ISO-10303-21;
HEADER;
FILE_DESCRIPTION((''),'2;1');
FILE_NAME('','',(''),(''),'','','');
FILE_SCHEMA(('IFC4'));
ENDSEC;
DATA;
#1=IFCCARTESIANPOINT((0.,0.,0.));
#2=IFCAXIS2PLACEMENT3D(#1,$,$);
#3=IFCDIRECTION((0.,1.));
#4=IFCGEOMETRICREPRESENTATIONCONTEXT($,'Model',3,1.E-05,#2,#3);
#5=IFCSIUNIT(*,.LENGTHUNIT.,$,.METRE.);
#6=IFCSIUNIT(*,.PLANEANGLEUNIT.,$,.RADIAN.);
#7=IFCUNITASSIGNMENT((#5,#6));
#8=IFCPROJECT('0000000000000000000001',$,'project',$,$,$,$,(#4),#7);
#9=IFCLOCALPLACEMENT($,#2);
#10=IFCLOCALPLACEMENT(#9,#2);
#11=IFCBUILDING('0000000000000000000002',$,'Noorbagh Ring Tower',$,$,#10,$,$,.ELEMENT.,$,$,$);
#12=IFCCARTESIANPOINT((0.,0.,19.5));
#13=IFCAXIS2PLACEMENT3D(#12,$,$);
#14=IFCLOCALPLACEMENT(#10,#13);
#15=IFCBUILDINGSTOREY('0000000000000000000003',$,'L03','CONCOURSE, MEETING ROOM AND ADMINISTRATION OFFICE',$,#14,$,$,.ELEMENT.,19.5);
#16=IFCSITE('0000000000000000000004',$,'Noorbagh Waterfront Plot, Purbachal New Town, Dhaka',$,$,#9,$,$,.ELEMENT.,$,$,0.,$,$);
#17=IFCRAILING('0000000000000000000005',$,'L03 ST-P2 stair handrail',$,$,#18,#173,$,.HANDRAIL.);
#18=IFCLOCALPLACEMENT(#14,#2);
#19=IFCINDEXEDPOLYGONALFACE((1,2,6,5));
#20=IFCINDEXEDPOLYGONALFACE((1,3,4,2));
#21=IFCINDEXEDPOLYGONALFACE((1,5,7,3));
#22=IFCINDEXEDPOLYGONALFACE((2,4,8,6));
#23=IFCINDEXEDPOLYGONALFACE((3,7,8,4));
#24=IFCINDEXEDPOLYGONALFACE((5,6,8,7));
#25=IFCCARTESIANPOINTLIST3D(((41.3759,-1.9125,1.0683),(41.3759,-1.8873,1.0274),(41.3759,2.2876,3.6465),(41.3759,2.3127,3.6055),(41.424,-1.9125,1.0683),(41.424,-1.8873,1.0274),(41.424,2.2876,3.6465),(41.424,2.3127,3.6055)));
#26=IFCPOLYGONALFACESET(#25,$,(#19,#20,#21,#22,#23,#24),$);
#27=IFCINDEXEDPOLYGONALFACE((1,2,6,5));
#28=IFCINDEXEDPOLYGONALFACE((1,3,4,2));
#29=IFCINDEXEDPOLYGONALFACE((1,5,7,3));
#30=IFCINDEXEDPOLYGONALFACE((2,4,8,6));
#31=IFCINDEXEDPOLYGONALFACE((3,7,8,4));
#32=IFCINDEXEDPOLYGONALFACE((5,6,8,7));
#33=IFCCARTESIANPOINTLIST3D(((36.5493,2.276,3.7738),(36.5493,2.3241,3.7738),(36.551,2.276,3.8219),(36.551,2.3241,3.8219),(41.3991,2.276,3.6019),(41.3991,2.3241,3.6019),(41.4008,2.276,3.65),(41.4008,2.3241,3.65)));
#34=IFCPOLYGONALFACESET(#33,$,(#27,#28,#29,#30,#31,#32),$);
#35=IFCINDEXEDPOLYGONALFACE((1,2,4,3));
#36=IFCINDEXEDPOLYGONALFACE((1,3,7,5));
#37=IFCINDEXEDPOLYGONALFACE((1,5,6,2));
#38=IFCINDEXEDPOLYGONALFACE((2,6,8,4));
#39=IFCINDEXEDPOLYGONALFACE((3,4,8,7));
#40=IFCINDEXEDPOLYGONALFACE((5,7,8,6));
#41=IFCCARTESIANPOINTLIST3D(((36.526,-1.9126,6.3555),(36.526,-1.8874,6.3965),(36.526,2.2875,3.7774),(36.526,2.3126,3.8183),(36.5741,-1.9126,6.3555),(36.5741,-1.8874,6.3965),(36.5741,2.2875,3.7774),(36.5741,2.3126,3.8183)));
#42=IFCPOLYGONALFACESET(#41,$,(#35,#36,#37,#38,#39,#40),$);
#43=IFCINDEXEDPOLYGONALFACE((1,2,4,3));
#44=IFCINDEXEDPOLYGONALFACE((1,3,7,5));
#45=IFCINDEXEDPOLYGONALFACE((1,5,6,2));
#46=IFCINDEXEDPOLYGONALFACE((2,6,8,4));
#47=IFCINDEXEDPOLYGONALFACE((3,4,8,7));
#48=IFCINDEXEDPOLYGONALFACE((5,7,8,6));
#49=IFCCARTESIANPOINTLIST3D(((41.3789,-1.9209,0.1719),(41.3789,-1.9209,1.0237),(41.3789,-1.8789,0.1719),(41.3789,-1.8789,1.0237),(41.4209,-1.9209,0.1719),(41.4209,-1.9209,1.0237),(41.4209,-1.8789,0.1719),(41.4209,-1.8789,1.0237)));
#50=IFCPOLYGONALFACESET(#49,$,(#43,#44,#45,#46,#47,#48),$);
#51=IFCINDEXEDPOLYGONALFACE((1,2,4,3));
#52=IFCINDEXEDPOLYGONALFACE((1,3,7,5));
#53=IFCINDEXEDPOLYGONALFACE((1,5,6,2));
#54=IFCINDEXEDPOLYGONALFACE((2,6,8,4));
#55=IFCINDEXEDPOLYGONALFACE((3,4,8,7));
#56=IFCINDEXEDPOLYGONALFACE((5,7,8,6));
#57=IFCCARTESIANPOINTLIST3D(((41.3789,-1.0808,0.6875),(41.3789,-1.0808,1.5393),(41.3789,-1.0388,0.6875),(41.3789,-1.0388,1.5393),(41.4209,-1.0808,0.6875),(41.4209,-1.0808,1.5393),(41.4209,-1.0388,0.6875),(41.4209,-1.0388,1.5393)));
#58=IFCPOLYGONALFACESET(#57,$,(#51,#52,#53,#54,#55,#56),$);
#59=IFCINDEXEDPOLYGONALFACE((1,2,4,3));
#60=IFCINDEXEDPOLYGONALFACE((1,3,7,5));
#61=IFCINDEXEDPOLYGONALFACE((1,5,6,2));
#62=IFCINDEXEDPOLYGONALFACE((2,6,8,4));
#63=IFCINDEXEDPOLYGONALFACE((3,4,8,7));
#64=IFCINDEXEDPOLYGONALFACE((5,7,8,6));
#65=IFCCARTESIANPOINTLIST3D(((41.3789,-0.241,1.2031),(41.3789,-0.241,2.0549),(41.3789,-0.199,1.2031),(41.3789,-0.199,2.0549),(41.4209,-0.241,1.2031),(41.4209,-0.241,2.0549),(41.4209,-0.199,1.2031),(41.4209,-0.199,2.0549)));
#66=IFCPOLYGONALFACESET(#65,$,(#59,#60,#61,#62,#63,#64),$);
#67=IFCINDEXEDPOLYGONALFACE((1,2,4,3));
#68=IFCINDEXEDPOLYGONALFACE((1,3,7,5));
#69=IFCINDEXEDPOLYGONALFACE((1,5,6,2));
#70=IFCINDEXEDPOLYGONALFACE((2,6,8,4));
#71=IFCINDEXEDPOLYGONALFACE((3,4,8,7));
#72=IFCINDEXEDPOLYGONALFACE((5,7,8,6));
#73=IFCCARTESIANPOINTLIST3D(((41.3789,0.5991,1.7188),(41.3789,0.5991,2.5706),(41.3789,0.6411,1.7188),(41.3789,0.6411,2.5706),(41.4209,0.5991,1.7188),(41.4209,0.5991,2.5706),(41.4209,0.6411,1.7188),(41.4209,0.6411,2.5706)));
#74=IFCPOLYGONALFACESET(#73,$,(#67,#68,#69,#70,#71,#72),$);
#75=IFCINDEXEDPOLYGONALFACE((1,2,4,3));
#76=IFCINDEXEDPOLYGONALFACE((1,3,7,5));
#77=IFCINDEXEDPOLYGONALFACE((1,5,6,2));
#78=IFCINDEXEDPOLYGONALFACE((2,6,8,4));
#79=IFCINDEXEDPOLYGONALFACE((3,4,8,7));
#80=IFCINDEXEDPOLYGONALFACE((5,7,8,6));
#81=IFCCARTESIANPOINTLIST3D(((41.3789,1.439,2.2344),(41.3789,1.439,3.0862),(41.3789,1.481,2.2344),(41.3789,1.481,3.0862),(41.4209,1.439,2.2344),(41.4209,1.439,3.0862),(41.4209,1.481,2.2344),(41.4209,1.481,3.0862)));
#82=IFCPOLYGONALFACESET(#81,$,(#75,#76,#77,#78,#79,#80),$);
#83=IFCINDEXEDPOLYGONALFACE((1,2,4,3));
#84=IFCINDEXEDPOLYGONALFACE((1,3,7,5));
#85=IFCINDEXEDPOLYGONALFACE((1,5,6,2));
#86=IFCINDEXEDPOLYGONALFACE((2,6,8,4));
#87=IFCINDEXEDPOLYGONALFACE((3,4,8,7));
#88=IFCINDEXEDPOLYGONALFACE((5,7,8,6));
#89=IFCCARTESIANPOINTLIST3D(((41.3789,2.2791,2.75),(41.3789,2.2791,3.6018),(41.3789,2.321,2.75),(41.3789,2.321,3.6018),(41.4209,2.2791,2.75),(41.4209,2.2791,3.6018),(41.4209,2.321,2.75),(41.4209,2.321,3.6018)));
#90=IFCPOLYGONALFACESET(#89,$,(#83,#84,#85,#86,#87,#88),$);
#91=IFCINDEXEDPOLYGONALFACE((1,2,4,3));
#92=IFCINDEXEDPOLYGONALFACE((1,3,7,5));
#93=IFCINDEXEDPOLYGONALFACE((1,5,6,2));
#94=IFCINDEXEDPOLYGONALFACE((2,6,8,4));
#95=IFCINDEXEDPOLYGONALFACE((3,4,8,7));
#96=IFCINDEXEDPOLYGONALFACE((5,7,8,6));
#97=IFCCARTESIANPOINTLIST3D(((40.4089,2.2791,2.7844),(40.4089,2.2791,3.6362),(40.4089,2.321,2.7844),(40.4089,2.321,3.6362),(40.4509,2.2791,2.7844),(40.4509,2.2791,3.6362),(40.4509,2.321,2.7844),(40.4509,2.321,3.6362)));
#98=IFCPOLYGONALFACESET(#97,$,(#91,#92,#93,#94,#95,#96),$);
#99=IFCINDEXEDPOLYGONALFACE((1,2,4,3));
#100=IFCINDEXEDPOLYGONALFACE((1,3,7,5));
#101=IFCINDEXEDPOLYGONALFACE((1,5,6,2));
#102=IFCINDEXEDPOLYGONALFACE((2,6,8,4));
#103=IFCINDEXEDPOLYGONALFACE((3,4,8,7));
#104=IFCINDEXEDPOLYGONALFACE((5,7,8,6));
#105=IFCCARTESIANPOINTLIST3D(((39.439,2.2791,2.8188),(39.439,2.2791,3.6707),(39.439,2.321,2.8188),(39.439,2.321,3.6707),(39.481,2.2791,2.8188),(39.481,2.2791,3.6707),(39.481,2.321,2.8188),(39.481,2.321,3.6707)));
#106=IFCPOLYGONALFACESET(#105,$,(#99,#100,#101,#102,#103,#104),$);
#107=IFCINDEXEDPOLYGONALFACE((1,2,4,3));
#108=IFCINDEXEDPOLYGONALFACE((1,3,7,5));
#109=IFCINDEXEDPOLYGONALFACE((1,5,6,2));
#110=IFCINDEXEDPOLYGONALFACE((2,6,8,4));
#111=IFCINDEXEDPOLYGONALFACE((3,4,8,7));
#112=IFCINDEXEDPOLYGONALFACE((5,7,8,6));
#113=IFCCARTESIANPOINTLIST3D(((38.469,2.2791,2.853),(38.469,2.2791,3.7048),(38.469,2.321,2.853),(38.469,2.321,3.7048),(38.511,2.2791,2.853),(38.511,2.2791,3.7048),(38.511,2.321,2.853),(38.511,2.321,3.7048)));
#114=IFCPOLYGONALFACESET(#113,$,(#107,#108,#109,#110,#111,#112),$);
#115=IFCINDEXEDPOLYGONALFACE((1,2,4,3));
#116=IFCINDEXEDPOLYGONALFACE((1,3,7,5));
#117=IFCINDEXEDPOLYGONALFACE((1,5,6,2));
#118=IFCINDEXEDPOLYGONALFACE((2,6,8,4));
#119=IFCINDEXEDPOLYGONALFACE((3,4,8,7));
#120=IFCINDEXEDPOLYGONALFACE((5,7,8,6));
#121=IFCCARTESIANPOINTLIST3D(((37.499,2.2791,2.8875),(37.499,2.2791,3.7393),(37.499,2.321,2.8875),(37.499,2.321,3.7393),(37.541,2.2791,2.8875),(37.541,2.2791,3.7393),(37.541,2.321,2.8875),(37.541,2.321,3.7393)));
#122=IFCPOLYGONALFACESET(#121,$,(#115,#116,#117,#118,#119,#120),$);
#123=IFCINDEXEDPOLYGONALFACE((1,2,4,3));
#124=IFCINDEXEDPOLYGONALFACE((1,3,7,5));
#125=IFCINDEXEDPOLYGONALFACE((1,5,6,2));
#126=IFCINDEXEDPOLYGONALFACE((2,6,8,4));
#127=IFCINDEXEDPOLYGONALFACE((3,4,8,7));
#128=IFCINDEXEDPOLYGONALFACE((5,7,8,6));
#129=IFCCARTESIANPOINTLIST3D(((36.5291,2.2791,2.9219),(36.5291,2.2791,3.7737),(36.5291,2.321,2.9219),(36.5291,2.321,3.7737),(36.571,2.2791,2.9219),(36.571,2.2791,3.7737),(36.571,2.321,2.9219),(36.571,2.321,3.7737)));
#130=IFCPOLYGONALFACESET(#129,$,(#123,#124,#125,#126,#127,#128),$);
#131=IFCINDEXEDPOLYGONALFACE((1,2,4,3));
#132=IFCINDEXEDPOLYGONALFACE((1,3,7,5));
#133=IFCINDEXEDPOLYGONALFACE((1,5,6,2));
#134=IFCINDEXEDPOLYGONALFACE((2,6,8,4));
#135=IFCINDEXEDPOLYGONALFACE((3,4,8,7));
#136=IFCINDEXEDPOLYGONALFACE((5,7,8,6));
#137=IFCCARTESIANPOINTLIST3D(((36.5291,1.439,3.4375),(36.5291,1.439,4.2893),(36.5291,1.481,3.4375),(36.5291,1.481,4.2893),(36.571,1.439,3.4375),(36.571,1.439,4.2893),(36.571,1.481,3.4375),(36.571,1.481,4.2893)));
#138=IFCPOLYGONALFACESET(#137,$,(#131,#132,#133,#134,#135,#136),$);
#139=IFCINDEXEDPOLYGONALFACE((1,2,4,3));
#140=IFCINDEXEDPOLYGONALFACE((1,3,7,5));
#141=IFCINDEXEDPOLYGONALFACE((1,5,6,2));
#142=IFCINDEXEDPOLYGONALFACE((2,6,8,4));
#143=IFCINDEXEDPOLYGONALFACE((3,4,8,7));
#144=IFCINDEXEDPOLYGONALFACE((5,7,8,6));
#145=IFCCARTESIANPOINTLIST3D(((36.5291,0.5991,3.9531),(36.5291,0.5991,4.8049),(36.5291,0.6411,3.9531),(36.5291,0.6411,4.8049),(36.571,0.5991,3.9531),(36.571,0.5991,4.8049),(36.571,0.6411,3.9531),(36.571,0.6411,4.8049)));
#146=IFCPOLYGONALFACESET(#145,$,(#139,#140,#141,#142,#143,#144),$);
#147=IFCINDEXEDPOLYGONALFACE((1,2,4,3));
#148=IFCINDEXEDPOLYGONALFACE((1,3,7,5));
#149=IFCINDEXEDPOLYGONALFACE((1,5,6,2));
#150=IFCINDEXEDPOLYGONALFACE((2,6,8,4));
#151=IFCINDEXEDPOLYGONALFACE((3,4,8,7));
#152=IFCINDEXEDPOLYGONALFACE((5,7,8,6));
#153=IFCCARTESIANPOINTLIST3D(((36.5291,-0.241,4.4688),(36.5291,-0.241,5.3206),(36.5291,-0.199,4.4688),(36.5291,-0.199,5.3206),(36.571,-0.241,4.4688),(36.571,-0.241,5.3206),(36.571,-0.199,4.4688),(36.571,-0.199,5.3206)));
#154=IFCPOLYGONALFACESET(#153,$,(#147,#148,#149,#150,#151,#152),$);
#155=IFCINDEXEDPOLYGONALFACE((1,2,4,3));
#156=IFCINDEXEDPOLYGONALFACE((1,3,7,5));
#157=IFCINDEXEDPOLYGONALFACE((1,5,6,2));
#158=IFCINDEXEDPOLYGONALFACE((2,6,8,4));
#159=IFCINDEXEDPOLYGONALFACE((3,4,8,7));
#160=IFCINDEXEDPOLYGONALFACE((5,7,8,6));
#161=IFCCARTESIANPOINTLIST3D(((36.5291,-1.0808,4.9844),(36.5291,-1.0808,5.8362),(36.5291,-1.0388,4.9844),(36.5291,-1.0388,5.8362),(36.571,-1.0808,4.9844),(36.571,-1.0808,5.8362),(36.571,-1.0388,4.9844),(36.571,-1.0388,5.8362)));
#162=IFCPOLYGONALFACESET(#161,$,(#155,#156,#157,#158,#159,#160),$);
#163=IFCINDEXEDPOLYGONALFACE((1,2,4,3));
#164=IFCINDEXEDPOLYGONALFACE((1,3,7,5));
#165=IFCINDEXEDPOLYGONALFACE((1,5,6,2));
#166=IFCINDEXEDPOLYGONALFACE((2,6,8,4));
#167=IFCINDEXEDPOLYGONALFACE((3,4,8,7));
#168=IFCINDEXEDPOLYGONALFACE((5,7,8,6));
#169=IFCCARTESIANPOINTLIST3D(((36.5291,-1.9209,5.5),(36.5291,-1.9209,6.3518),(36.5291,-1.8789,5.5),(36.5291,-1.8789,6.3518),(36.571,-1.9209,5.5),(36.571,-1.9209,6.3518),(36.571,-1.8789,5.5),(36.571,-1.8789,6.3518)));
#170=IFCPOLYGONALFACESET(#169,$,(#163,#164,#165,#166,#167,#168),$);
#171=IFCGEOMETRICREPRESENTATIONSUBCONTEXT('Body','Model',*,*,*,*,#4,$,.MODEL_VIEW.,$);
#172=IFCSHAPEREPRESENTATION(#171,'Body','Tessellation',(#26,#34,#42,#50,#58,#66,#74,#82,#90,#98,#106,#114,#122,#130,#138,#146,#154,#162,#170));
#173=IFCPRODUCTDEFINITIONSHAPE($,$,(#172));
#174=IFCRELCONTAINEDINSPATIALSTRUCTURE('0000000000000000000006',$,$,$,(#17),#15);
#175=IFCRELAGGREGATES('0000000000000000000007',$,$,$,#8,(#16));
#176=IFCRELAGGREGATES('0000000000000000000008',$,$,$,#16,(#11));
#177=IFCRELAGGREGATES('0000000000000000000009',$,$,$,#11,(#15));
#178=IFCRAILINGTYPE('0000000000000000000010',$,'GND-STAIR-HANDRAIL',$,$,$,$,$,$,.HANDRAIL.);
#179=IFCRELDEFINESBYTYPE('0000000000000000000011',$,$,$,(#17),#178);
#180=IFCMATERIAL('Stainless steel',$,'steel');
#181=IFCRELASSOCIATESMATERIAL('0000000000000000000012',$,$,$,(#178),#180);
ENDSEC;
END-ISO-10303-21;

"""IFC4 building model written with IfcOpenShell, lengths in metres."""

from ifc_helpers import new_model, si_unit, direction, frame, origin, origin_2d, place, context, subcontext, project, spatial, rectangle, extrude, material, type_object, element, save


model = new_model("IFC4")

# Units and contexts
model_context = context("Model", 3, precision=1e-05, world=origin(), true_north=direction((0.0, 1.0)))
body_context = subcontext(model_context, "Body", "Model", "MODEL_VIEW")
ifc_project = project(units=[si_unit("LENGTHUNIT", "METRE"), si_unit("PLANEANGLEUNIT", "RADIAN")], contexts=[model_context])

# Site, building, storey
site_placement = place(None, origin())
site = spatial("IfcSite", under=ifc_project, at=site_placement, Name="Noorbagh Waterfront Plot, Purbachal New Town, Dhaka", CompositionType="ELEMENT", RefElevation=0.0)
building_placement = place(site_placement, origin())
building = spatial("IfcBuilding", under=site, at=building_placement, Name="Noorbagh Ring Tower", CompositionType="ELEMENT")
storey_placement = place(building_placement, frame((0.0, 0.0, 19.5)))
storey = spatial("IfcBuildingStorey", under=building, at=storey_placement, Name="L03", Description="CONCOURSE, MEETING ROOM AND ADMINISTRATION OFFICE", CompositionType="ELEMENT", Elevation=19.5)

# Railing
ifc_material_1 = material(Name="Stainless steel", Category="steel")
railing_type_1 = type_object("IfcRailingType", Name="GND-STAIR-HANDRAIL", PredefinedType="HANDRAIL", material=ifc_material_1)
railing_1_placement = place(storey_placement, frame((41.3999, -1.8999, 0.1719)))
element("IfcRailing", 1, at=railing_1_placement, inside=storey, type_object=railing_type_1, Name="L03 ST-P2 stair handrail", PredefinedType="HANDRAIL", context=body_context, shape_type="SweptSolid", body=[
    extrude(rectangle(XDim=0.0481, YDim=0.0481, at=origin_2d()), frame((0.0, 0.0, 0.876), z_axis=(0.0, 0.852243, 0.523146), x_axis=(-1.0, 0.0, 0.0)), (0.0, 0.0, 1.0), 4.9282),
    extrude(rectangle(XDim=0.0481, YDim=0.0481, at=origin_2d()), frame((0.0, 4.2, 3.4541), z_axis=(-0.999373, 0.0, 0.035417), x_axis=(0.0, -1.0, 0.0)), (0.0, 0.0, 1.0), 4.8528),
    extrude(rectangle(XDim=0.0481, YDim=0.0481, at=origin_2d()), frame((-4.8499, 4.2, 3.626), z_axis=(0.0, -0.852243, 0.523146), x_axis=(1.0, 0.0, 0.0)), (0.0, 0.0, 1.0), 4.9282),
    extrude(rectangle(XDim=0.042, YDim=0.042, at=origin_2d()), origin(), (0.0, 0.0, 1.0), 0.8518),
    extrude(rectangle(XDim=0.042, YDim=0.042, at=origin_2d()), frame((0.0, 0.8401, 0.5156)), (0.0, 0.0, 1.0), 0.8518),
    extrude(rectangle(XDim=0.042, YDim=0.042, at=origin_2d()), frame((0.0, 1.6799, 1.0312)), (0.0, 0.0, 1.0), 0.8518),
    extrude(rectangle(XDim=0.042, YDim=0.042, at=origin_2d()), frame((0.0, 2.52, 1.5469)), (0.0, 0.0, 1.0), 0.8518),
    extrude(rectangle(XDim=0.042, YDim=0.042, at=origin_2d()), frame((0.0, 3.3599, 2.0625)), (0.0, 0.0, 1.0), 0.8518),
    extrude(rectangle(XDim=0.042, YDim=0.042, at=origin_2d()), frame((0.0, 4.2, 2.5781)), (0.0, 0.0, 1.0), 0.8518),
    extrude(rectangle(XDim=0.042, YDim=0.042, at=origin_2d()), frame((-0.97, 4.2, 2.6125)), (0.0, 0.0, 1.0), 0.8518),
    extrude(rectangle(XDim=0.042, YDim=0.042, at=origin_2d()), frame((-1.9399, 4.2, 2.647)), (0.0, 0.0, 1.0), 0.8518),
    extrude(rectangle(XDim=0.042, YDim=0.042, at=origin_2d()), frame((-2.9099, 4.2, 2.6812)), (0.0, 0.0, 1.0), 0.8518),
    extrude(rectangle(XDim=0.042, YDim=0.042, at=origin_2d()), frame((-3.8799, 4.2, 2.7156)), (0.0, 0.0, 1.0), 0.8518),
    extrude(rectangle(XDim=0.042, YDim=0.042, at=origin_2d()), frame((-4.8499, 4.2, 2.75)), (0.0, 0.0, 1.0), 0.8518),
    extrude(rectangle(XDim=0.042, YDim=0.042, at=origin_2d()), frame((-4.8499, 3.3599, 3.2656)), (0.0, 0.0, 1.0), 0.8518),
    extrude(rectangle(XDim=0.042, YDim=0.042, at=origin_2d()), frame((-4.8499, 2.52, 3.7812)), (0.0, 0.0, 1.0), 0.8518),
    extrude(rectangle(XDim=0.042, YDim=0.042, at=origin_2d()), frame((-4.8499, 1.6799, 4.2969)), (0.0, 0.0, 1.0), 0.8518),
    extrude(rectangle(XDim=0.042, YDim=0.042, at=origin_2d()), frame((-4.8499, 0.8401, 4.8125)), (0.0, 0.0, 1.0), 0.8518),
    extrude(rectangle(XDim=0.042, YDim=0.042, at=origin_2d()), frame((-4.8499, 0.0, 5.3281)), (0.0, 0.0, 1.0), 0.8518),
])

save(model, "model.ifc")
